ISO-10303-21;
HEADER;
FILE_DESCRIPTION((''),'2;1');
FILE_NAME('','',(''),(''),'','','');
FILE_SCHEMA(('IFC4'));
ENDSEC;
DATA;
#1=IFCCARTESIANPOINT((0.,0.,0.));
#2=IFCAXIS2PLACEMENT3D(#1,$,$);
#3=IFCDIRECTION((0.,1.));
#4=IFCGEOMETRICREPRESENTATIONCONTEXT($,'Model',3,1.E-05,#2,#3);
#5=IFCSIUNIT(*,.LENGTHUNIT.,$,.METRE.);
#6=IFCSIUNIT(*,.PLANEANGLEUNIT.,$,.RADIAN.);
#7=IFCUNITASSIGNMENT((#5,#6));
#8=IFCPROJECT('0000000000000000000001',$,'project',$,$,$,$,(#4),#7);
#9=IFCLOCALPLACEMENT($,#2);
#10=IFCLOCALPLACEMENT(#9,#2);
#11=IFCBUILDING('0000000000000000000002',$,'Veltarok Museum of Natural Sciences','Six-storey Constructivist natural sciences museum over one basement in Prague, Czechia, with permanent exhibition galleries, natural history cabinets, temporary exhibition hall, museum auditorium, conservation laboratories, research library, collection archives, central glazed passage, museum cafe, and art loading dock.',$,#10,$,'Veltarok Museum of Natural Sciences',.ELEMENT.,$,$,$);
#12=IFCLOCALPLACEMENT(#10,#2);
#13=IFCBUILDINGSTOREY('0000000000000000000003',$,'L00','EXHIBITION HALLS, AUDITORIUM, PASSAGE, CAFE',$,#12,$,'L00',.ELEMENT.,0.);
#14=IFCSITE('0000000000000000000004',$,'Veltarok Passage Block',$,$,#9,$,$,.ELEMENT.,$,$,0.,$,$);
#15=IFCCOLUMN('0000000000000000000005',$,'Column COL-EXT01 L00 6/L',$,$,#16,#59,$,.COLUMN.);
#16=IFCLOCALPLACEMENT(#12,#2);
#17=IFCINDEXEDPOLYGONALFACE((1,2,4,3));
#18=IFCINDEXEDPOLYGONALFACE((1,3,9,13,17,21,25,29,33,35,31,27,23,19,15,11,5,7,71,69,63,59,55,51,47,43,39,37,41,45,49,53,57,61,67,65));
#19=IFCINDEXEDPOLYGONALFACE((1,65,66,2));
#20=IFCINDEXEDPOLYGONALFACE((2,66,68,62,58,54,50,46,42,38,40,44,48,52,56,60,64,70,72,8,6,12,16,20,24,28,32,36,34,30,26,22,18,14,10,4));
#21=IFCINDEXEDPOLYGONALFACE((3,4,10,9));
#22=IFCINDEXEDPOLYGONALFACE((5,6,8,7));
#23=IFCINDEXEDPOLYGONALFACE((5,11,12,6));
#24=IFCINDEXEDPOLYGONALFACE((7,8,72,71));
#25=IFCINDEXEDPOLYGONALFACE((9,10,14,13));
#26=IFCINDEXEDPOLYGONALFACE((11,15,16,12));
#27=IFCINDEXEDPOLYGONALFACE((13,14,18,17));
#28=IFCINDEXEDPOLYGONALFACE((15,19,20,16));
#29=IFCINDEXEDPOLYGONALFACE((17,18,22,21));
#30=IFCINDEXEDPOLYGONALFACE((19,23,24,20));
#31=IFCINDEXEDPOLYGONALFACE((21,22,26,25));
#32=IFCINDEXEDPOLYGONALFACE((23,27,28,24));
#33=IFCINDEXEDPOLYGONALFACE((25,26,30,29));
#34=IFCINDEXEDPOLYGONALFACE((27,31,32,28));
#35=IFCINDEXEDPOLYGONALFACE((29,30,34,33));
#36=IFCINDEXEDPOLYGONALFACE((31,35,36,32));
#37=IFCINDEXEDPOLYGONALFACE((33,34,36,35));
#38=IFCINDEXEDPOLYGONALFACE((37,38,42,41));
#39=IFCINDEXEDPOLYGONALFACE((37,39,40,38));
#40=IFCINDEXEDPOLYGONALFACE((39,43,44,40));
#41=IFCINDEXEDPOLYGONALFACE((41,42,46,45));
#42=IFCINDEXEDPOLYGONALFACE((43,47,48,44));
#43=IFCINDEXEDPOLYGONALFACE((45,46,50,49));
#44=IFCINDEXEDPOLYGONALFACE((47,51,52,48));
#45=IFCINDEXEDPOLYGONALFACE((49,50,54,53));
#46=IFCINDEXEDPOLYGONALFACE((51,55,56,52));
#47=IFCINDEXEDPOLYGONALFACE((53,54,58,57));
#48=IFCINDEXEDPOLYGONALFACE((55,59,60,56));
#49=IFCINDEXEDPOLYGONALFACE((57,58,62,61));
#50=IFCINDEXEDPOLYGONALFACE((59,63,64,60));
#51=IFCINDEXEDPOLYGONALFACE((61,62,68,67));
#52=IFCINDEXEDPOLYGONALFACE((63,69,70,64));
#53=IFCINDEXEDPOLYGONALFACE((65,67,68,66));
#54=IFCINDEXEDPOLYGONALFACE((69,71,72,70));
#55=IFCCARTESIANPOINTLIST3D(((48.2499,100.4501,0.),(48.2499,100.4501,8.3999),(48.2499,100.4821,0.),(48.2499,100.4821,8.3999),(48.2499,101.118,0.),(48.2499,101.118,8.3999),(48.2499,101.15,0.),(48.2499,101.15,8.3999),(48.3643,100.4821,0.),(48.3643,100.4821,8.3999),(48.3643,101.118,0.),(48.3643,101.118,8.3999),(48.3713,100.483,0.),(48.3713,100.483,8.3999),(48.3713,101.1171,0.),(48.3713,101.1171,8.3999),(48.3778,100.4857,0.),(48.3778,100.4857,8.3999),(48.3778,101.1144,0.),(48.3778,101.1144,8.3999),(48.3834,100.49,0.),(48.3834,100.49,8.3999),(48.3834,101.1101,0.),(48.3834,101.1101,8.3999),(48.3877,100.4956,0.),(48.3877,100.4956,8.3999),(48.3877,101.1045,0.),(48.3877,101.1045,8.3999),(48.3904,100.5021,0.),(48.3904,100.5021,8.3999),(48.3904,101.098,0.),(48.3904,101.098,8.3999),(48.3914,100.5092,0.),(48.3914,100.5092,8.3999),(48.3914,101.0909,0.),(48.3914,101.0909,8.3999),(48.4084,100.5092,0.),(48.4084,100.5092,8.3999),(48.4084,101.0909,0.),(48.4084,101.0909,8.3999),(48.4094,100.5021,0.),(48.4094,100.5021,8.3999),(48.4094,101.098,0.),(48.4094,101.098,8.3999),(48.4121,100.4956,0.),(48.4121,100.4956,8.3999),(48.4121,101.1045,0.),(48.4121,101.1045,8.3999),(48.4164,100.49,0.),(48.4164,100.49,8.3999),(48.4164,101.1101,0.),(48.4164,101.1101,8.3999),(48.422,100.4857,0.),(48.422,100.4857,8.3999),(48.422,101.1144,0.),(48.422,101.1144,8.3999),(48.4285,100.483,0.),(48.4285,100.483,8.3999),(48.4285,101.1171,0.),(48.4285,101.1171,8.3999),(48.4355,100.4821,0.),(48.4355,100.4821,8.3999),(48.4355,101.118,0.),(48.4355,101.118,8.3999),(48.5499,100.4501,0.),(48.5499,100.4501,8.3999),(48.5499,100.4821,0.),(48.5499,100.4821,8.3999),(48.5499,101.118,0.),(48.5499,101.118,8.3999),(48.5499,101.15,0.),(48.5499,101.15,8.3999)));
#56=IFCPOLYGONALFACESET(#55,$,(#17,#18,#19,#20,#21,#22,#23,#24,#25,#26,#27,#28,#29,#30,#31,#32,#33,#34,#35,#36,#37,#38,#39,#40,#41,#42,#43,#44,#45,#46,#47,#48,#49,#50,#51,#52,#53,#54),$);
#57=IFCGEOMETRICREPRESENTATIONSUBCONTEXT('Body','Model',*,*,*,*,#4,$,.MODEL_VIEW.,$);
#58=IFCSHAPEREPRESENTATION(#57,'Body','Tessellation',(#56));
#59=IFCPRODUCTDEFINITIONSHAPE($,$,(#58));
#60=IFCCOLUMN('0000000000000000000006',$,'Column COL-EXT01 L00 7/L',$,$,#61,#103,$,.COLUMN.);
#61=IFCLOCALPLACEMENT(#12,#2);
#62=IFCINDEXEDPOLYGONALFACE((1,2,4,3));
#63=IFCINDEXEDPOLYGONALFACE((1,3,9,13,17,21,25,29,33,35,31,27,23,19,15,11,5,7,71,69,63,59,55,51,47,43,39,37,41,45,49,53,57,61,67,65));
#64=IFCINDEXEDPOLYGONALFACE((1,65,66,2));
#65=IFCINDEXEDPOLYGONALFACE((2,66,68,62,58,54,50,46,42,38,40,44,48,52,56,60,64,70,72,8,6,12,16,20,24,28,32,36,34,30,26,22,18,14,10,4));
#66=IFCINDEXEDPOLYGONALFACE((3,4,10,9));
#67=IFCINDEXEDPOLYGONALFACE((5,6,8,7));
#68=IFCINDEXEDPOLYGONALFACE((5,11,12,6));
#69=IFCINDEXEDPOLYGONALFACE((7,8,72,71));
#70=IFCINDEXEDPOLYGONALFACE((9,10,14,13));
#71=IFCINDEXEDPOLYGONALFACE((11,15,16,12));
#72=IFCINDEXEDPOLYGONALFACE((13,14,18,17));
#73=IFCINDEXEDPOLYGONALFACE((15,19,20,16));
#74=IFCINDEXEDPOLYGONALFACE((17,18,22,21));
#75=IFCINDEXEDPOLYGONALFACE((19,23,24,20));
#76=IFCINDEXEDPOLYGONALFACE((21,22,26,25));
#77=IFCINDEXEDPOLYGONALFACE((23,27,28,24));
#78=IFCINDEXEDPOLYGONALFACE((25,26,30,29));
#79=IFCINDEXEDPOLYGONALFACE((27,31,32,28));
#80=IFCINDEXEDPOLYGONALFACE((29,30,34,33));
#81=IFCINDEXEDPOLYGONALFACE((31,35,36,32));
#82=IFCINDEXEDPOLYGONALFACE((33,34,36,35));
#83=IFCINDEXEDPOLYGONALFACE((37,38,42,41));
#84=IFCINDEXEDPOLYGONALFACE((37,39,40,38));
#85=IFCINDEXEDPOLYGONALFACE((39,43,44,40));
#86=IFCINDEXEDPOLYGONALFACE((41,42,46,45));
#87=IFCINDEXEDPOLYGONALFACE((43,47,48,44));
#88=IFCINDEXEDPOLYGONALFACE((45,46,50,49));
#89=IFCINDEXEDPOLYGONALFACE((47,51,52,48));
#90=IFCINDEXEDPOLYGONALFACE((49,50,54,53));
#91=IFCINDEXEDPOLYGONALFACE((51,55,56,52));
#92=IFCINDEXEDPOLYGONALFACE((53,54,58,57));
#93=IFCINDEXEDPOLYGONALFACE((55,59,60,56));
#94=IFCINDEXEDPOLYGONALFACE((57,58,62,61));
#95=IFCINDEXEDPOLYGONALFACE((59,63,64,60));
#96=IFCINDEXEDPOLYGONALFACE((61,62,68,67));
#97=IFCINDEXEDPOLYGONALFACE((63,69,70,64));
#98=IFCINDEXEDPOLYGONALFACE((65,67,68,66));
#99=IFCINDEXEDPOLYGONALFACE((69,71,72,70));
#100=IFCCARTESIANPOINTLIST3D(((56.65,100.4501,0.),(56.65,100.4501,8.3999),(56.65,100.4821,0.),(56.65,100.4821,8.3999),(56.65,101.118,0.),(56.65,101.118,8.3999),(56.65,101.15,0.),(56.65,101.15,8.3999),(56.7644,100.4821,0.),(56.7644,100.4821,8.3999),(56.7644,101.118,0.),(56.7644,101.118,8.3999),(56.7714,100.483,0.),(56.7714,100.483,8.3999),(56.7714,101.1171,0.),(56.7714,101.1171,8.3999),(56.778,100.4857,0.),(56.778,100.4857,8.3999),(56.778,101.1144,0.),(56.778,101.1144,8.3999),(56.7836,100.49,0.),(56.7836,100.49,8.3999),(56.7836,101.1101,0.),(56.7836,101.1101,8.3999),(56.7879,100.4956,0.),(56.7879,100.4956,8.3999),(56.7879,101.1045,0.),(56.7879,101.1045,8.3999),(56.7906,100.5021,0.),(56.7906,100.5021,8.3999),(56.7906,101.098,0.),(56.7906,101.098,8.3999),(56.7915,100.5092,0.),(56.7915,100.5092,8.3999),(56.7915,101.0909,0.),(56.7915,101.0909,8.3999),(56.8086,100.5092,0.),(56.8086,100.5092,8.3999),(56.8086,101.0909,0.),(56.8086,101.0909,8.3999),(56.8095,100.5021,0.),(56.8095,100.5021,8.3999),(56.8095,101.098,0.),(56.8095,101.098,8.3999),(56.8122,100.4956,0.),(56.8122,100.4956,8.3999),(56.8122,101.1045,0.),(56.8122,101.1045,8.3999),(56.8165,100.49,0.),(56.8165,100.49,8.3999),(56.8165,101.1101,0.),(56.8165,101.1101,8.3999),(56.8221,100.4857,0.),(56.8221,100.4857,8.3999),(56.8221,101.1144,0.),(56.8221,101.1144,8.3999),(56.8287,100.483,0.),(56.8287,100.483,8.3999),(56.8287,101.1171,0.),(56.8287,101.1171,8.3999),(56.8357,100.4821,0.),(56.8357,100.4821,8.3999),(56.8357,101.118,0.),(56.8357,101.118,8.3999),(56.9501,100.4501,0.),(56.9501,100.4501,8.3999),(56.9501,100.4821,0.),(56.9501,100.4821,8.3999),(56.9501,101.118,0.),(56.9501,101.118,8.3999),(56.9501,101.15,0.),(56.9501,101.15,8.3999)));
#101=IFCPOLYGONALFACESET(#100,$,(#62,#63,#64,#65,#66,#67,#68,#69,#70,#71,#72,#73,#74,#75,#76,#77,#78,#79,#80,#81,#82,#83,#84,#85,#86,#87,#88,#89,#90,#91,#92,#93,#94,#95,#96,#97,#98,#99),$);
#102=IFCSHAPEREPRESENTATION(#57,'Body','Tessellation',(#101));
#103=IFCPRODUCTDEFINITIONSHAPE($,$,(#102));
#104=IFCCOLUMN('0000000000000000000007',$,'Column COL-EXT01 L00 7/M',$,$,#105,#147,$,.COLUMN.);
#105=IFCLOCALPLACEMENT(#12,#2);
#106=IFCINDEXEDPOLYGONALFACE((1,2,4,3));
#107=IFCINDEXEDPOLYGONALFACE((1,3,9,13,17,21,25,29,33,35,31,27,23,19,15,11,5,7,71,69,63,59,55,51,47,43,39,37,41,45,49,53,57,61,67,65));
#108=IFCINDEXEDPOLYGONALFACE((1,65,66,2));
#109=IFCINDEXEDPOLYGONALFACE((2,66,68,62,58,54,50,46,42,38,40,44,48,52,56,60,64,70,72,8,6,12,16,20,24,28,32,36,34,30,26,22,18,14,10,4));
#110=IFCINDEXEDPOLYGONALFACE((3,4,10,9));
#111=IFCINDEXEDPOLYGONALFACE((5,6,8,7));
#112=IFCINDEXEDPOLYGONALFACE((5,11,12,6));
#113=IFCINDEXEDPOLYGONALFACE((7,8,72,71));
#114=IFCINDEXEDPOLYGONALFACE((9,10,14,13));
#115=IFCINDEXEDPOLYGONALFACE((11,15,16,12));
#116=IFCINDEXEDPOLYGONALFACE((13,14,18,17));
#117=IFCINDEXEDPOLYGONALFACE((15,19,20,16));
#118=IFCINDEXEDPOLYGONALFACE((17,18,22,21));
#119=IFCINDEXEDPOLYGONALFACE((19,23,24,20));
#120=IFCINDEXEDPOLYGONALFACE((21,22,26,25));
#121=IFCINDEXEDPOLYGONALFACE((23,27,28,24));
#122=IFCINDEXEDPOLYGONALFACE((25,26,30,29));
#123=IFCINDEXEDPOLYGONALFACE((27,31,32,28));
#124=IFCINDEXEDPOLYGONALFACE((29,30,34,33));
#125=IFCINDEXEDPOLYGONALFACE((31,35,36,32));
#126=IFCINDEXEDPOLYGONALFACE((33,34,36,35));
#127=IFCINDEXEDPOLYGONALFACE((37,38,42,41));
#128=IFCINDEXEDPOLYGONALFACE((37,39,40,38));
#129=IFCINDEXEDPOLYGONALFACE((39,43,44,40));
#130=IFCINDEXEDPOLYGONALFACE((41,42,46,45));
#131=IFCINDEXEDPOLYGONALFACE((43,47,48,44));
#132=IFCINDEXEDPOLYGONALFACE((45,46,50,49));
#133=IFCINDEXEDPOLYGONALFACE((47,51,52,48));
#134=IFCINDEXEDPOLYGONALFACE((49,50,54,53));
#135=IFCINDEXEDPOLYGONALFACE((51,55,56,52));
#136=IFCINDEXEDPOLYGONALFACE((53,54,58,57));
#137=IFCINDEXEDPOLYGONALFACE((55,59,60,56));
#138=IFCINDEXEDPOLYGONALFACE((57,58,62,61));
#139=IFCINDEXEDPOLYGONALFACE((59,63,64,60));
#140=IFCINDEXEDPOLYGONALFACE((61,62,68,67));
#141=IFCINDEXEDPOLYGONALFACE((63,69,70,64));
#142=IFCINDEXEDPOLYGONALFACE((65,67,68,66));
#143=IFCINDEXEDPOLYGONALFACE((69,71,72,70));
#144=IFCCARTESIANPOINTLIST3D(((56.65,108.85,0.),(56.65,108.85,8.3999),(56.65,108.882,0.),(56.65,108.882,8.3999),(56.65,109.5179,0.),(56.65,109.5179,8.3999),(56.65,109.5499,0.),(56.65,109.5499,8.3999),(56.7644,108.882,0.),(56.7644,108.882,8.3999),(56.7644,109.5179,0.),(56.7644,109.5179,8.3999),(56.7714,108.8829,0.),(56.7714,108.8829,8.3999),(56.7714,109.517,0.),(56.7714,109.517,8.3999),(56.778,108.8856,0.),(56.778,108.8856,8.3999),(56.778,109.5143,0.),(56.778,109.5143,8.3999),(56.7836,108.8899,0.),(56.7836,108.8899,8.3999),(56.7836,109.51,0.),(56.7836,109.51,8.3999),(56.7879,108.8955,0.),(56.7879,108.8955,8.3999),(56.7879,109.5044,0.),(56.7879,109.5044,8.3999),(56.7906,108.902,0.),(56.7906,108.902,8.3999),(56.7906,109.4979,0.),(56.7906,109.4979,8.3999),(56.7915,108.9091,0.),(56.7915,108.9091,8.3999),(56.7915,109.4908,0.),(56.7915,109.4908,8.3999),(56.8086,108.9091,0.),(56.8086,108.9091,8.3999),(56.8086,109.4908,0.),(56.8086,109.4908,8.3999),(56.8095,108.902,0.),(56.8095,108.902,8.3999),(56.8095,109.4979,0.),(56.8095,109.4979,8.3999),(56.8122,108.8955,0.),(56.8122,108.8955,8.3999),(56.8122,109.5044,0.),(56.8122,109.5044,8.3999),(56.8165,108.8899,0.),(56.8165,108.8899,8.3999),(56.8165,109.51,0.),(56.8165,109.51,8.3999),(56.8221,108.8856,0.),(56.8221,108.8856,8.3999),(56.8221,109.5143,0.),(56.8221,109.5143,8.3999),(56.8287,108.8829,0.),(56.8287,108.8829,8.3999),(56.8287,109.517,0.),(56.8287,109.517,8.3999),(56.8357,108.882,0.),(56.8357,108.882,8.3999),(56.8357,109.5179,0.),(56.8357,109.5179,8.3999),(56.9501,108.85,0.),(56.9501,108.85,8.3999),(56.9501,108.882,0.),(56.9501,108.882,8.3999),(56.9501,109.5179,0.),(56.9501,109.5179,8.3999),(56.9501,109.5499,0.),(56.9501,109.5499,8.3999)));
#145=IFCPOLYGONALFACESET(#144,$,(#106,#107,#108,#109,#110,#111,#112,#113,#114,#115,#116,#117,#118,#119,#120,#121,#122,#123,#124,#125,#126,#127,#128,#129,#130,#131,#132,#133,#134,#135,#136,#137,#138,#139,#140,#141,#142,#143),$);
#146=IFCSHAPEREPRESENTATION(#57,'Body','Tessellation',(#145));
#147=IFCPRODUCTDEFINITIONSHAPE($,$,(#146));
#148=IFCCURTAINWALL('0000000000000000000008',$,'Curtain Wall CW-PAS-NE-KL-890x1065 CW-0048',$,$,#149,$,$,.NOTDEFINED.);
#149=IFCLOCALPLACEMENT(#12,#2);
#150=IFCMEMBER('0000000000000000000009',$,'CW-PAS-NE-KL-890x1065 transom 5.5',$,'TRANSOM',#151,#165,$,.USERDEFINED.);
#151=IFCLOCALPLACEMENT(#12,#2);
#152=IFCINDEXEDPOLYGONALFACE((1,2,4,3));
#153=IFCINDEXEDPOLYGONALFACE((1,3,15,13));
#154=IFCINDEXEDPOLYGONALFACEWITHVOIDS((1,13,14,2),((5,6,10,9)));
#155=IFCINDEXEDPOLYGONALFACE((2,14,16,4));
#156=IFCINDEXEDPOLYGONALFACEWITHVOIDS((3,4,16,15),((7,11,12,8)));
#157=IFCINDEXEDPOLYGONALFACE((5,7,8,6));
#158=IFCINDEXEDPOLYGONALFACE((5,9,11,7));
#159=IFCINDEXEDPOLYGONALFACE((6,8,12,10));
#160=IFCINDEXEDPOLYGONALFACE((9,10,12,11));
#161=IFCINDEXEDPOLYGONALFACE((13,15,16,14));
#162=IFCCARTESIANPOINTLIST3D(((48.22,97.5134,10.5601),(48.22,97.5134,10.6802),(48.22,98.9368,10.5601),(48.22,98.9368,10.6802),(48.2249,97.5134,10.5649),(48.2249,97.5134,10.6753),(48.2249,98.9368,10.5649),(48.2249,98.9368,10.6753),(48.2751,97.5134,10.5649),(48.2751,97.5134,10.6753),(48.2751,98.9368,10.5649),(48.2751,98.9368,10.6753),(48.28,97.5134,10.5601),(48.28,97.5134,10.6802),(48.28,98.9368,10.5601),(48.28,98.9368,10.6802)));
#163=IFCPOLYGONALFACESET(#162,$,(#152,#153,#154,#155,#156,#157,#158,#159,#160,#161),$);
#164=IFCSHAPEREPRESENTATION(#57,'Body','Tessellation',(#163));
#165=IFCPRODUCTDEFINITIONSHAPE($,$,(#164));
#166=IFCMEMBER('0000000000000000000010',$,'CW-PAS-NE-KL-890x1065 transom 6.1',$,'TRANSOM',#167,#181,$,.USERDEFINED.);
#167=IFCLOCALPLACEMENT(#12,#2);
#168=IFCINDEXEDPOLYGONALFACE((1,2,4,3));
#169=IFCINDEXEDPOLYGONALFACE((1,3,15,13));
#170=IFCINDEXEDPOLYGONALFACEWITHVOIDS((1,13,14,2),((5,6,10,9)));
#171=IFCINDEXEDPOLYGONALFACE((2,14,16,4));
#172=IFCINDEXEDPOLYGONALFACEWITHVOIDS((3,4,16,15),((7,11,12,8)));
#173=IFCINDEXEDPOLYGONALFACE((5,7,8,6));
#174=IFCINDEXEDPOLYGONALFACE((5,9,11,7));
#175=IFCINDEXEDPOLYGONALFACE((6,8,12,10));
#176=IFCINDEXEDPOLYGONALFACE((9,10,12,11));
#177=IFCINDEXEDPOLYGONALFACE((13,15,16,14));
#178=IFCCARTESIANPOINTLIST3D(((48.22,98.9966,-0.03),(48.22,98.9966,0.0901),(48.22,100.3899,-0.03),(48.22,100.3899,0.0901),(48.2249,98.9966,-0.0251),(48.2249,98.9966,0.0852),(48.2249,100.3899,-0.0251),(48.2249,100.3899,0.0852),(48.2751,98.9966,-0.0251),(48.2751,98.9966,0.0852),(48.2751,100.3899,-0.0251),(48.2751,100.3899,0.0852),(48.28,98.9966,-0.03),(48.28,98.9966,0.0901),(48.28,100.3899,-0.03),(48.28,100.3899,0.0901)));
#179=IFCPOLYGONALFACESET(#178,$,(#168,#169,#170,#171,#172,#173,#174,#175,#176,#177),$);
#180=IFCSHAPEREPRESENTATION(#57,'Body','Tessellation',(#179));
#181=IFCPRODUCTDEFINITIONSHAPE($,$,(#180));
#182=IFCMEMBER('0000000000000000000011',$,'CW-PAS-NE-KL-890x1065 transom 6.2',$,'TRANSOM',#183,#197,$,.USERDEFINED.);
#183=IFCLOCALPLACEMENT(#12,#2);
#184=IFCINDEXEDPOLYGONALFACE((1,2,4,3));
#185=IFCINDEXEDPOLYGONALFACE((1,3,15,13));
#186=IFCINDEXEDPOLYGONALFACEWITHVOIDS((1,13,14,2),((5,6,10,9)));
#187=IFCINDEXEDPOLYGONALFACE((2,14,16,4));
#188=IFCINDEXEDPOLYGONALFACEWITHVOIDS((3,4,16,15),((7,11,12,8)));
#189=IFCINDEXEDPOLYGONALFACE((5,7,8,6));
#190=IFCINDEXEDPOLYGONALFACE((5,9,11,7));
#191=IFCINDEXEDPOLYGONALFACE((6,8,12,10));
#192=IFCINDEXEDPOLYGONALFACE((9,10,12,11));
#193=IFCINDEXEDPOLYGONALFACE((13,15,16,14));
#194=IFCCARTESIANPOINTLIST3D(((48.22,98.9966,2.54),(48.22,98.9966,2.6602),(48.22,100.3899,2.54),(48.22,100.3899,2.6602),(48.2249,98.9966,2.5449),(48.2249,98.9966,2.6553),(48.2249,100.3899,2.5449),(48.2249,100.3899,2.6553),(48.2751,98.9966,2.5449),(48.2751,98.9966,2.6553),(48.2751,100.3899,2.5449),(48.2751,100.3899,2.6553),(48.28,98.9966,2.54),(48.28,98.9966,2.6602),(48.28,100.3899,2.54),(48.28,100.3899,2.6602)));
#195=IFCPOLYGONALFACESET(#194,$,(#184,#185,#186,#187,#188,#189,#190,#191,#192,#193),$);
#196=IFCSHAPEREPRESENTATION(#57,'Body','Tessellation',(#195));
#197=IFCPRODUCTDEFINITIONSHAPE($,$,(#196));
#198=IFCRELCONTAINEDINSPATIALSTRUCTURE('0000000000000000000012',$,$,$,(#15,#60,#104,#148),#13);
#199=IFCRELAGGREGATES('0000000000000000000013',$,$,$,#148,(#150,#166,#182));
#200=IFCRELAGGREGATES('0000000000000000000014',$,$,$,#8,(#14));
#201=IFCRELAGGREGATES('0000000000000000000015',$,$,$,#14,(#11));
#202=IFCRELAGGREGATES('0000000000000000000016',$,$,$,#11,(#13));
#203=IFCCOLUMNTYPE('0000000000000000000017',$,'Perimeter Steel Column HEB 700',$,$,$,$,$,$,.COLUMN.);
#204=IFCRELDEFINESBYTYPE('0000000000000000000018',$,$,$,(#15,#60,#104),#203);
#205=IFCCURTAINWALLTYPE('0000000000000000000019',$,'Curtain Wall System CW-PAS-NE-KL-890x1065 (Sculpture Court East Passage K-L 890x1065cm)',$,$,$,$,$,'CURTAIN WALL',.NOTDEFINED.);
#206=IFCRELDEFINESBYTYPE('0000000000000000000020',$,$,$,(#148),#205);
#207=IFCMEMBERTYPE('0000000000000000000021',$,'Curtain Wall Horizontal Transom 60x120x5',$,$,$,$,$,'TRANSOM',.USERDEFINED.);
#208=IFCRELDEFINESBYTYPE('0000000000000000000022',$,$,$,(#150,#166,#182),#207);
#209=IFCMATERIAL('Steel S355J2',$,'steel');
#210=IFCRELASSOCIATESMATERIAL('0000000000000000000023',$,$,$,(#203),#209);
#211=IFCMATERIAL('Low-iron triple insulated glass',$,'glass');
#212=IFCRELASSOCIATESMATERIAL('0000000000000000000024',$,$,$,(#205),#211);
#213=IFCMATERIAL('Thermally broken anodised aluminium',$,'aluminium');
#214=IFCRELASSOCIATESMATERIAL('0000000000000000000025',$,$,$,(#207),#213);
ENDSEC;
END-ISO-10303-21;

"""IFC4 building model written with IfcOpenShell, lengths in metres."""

from ifc_helpers import new_model, si_unit, direction, frame, origin, origin_2d, place, context, subcontext, project, spatial, hollow_rectangle, i_section, extrude, material, material_profile, profile_set, type_object, element, aggregate, save


model = new_model("IFC4")

# Units and contexts
model_context = context("Model", 3, precision=1e-05, world=origin(), true_north=direction((0.0, 1.0)))
body_context = subcontext(model_context, "Body", "Model", "MODEL_VIEW")
ifc_project = project(units=[si_unit("LENGTHUNIT", "METRE"), si_unit("PLANEANGLEUNIT", "RADIAN")], contexts=[model_context])

# Site, building, storey
site_placement = place(None, origin())
site = spatial("IfcSite", under=ifc_project, at=site_placement, Name="Veltarok Passage Block", CompositionType="ELEMENT", RefElevation=0.0)
building_placement = place(site_placement, origin())
building = spatial("IfcBuilding", under=site, at=building_placement, Name="Veltarok Museum of Natural Sciences", Description="Six-storey Constructivist natural sciences museum over one basement in Prague, Czechia, with permanent exhibition galleries, natural history cabinets, temporary exhibition hall, museum auditorium, conservation laboratories, research library, collection archives, central glazed passage, museum cafe, and art loading dock.", LongName="Veltarok Museum of Natural Sciences", CompositionType="ELEMENT")
storey_placement = place(building_placement, origin())
storey = spatial("IfcBuildingStorey", under=building, at=storey_placement, Name="L00", Description="EXHIBITION HALLS, AUDITORIUM, PASSAGE, CAFE", LongName="L00", CompositionType="ELEMENT", Elevation=0.0)

# Columns
ifc_material_1 = material(Name="Steel S355J2", Category="steel")
ifc_material_profile_1 = material_profile(ifc_material_1, i_section(OverallWidth=0.3, OverallDepth=0.7, WebThickness=0.0171, FlangeThickness=0.032, FilletRadius=0.0271, at=origin_2d()), Name="HEB 700")
ifc_profile_set_1 = profile_set([ifc_material_profile_1], Name="Steel S355J2")
column_type = type_object("IfcColumnType", Name="Perimeter Steel Column HEB 700", PredefinedType="COLUMN", material=ifc_profile_set_1)
for number, where, z_axis, x_axis, name in (
    (1, (48.3999, 100.8, 0.0), (0.0, 0.0, 1.0), (1.0, 0.0, 0.0), "Column COL-EXT01 L00 6/L"),
    (2, (56.8, 100.8, 0.0), (0.0, 0.0, 1.0), (1.0, 0.0, 0.0), "Column COL-EXT01 L00 7/L"),
    (3, (56.8, 109.2, 0.0), (0.0, 0.0, 1.0), (1.0, 0.0, 0.0), "Column COL-EXT01 L00 7/M"),
):
    element("IfcColumn", number, at=place(storey_placement, frame(where, z_axis=z_axis, x_axis=x_axis)), inside=storey, type_object=column_type, Name=name, PredefinedType="COLUMN", context=body_context, shape_type="SweptSolid", body=[
        extrude(i_section(OverallWidth=0.3, OverallDepth=0.7, WebThickness=0.0171, FlangeThickness=0.032, FilletRadius=0.0271, at=origin_2d()), origin(), (0.0, 0.0, 1.0), 8.3999),
    ])

# Curtain wall, members
ifc_material_2 = material(Name="Low-iron triple insulated glass", Category="glass")
curtain_wall_type_1 = type_object("IfcCurtainWallType", Name="Curtain Wall System CW-PAS-NE-KL-890x1065 (Sculpture Court East Passage K-L 890x1065cm)", ElementType="CURTAIN WALL", PredefinedType="NOTDEFINED", material=ifc_material_2)
curtain_wall_1_placement = place(storey_placement, origin())
curtain_wall_1 = element("IfcCurtainWall", 4, at=curtain_wall_1_placement, inside=storey, type_object=curtain_wall_type_1, Name="Curtain Wall CW-PAS-NE-KL-890x1065 CW-0048", PredefinedType="NOTDEFINED")
ifc_material_3 = material(Name="Thermally broken anodised aluminium", Category="aluminium")
ifc_material_profile_2 = material_profile(ifc_material_3, hollow_rectangle(XDim=0.0601, YDim=0.1201, WallThickness=0.0049, at=origin_2d()), Name="CW TRANSOM 60x120x5")
ifc_profile_set_2 = profile_set([ifc_material_profile_2], Name="Thermally broken anodised aluminium")
member_type_1 = type_object("IfcMemberType", Name="Curtain Wall Horizontal Transom 60x120x5", ElementType="TRANSOM", PredefinedType="USERDEFINED", material=ifc_profile_set_2)
member_1_placement = place(storey_placement, frame((48.25, 97.5134, 10.6201), z_axis=(0.0, 1.0, 0.0), x_axis=(-1.0, 0.0, 0.0)))
member_1 = element("IfcMember", 5, at=member_1_placement, type_object=member_type_1, Name="CW-PAS-NE-KL-890x1065 transom 5.5", ObjectType="TRANSOM", PredefinedType="USERDEFINED", context=body_context, shape_type="SweptSolid", body=[
    extrude(hollow_rectangle(XDim=0.0601, YDim=0.1201, WallThickness=0.0049, at=origin_2d()), origin(), (0.0, 0.0, 1.0), 1.4233),
])
member_2_placement = place(storey_placement, frame((48.25, 98.9966, 0.03), z_axis=(0.0, 1.0, 0.0), x_axis=(-1.0, 0.0, 0.0)))
member_2 = element("IfcMember", 6, at=member_2_placement, type_object=member_type_1, Name="CW-PAS-NE-KL-890x1065 transom 6.1", ObjectType="TRANSOM", PredefinedType="USERDEFINED", context=body_context, shape_type="SweptSolid", body=[
    extrude(hollow_rectangle(XDim=0.0601, YDim=0.1201, WallThickness=0.0049, at=origin_2d()), origin(), (0.0, 0.0, 1.0), 1.3933),
])
member_3_placement = place(storey_placement, frame((48.25, 98.9966, 2.6001), z_axis=(0.0, 1.0, 0.0), x_axis=(-1.0, 0.0, 0.0)))
member_3 = element("IfcMember", 7, at=member_3_placement, type_object=member_type_1, Name="CW-PAS-NE-KL-890x1065 transom 6.2", ObjectType="TRANSOM", PredefinedType="USERDEFINED", context=body_context, shape_type="SweptSolid", body=[
    extrude(hollow_rectangle(XDim=0.0601, YDim=0.1201, WallThickness=0.0049, at=origin_2d()), origin(), (0.0, 0.0, 1.0), 1.3933),
])

aggregate(curtain_wall_1, [member_1, member_2, member_3])

save(model, "model.ifc")
